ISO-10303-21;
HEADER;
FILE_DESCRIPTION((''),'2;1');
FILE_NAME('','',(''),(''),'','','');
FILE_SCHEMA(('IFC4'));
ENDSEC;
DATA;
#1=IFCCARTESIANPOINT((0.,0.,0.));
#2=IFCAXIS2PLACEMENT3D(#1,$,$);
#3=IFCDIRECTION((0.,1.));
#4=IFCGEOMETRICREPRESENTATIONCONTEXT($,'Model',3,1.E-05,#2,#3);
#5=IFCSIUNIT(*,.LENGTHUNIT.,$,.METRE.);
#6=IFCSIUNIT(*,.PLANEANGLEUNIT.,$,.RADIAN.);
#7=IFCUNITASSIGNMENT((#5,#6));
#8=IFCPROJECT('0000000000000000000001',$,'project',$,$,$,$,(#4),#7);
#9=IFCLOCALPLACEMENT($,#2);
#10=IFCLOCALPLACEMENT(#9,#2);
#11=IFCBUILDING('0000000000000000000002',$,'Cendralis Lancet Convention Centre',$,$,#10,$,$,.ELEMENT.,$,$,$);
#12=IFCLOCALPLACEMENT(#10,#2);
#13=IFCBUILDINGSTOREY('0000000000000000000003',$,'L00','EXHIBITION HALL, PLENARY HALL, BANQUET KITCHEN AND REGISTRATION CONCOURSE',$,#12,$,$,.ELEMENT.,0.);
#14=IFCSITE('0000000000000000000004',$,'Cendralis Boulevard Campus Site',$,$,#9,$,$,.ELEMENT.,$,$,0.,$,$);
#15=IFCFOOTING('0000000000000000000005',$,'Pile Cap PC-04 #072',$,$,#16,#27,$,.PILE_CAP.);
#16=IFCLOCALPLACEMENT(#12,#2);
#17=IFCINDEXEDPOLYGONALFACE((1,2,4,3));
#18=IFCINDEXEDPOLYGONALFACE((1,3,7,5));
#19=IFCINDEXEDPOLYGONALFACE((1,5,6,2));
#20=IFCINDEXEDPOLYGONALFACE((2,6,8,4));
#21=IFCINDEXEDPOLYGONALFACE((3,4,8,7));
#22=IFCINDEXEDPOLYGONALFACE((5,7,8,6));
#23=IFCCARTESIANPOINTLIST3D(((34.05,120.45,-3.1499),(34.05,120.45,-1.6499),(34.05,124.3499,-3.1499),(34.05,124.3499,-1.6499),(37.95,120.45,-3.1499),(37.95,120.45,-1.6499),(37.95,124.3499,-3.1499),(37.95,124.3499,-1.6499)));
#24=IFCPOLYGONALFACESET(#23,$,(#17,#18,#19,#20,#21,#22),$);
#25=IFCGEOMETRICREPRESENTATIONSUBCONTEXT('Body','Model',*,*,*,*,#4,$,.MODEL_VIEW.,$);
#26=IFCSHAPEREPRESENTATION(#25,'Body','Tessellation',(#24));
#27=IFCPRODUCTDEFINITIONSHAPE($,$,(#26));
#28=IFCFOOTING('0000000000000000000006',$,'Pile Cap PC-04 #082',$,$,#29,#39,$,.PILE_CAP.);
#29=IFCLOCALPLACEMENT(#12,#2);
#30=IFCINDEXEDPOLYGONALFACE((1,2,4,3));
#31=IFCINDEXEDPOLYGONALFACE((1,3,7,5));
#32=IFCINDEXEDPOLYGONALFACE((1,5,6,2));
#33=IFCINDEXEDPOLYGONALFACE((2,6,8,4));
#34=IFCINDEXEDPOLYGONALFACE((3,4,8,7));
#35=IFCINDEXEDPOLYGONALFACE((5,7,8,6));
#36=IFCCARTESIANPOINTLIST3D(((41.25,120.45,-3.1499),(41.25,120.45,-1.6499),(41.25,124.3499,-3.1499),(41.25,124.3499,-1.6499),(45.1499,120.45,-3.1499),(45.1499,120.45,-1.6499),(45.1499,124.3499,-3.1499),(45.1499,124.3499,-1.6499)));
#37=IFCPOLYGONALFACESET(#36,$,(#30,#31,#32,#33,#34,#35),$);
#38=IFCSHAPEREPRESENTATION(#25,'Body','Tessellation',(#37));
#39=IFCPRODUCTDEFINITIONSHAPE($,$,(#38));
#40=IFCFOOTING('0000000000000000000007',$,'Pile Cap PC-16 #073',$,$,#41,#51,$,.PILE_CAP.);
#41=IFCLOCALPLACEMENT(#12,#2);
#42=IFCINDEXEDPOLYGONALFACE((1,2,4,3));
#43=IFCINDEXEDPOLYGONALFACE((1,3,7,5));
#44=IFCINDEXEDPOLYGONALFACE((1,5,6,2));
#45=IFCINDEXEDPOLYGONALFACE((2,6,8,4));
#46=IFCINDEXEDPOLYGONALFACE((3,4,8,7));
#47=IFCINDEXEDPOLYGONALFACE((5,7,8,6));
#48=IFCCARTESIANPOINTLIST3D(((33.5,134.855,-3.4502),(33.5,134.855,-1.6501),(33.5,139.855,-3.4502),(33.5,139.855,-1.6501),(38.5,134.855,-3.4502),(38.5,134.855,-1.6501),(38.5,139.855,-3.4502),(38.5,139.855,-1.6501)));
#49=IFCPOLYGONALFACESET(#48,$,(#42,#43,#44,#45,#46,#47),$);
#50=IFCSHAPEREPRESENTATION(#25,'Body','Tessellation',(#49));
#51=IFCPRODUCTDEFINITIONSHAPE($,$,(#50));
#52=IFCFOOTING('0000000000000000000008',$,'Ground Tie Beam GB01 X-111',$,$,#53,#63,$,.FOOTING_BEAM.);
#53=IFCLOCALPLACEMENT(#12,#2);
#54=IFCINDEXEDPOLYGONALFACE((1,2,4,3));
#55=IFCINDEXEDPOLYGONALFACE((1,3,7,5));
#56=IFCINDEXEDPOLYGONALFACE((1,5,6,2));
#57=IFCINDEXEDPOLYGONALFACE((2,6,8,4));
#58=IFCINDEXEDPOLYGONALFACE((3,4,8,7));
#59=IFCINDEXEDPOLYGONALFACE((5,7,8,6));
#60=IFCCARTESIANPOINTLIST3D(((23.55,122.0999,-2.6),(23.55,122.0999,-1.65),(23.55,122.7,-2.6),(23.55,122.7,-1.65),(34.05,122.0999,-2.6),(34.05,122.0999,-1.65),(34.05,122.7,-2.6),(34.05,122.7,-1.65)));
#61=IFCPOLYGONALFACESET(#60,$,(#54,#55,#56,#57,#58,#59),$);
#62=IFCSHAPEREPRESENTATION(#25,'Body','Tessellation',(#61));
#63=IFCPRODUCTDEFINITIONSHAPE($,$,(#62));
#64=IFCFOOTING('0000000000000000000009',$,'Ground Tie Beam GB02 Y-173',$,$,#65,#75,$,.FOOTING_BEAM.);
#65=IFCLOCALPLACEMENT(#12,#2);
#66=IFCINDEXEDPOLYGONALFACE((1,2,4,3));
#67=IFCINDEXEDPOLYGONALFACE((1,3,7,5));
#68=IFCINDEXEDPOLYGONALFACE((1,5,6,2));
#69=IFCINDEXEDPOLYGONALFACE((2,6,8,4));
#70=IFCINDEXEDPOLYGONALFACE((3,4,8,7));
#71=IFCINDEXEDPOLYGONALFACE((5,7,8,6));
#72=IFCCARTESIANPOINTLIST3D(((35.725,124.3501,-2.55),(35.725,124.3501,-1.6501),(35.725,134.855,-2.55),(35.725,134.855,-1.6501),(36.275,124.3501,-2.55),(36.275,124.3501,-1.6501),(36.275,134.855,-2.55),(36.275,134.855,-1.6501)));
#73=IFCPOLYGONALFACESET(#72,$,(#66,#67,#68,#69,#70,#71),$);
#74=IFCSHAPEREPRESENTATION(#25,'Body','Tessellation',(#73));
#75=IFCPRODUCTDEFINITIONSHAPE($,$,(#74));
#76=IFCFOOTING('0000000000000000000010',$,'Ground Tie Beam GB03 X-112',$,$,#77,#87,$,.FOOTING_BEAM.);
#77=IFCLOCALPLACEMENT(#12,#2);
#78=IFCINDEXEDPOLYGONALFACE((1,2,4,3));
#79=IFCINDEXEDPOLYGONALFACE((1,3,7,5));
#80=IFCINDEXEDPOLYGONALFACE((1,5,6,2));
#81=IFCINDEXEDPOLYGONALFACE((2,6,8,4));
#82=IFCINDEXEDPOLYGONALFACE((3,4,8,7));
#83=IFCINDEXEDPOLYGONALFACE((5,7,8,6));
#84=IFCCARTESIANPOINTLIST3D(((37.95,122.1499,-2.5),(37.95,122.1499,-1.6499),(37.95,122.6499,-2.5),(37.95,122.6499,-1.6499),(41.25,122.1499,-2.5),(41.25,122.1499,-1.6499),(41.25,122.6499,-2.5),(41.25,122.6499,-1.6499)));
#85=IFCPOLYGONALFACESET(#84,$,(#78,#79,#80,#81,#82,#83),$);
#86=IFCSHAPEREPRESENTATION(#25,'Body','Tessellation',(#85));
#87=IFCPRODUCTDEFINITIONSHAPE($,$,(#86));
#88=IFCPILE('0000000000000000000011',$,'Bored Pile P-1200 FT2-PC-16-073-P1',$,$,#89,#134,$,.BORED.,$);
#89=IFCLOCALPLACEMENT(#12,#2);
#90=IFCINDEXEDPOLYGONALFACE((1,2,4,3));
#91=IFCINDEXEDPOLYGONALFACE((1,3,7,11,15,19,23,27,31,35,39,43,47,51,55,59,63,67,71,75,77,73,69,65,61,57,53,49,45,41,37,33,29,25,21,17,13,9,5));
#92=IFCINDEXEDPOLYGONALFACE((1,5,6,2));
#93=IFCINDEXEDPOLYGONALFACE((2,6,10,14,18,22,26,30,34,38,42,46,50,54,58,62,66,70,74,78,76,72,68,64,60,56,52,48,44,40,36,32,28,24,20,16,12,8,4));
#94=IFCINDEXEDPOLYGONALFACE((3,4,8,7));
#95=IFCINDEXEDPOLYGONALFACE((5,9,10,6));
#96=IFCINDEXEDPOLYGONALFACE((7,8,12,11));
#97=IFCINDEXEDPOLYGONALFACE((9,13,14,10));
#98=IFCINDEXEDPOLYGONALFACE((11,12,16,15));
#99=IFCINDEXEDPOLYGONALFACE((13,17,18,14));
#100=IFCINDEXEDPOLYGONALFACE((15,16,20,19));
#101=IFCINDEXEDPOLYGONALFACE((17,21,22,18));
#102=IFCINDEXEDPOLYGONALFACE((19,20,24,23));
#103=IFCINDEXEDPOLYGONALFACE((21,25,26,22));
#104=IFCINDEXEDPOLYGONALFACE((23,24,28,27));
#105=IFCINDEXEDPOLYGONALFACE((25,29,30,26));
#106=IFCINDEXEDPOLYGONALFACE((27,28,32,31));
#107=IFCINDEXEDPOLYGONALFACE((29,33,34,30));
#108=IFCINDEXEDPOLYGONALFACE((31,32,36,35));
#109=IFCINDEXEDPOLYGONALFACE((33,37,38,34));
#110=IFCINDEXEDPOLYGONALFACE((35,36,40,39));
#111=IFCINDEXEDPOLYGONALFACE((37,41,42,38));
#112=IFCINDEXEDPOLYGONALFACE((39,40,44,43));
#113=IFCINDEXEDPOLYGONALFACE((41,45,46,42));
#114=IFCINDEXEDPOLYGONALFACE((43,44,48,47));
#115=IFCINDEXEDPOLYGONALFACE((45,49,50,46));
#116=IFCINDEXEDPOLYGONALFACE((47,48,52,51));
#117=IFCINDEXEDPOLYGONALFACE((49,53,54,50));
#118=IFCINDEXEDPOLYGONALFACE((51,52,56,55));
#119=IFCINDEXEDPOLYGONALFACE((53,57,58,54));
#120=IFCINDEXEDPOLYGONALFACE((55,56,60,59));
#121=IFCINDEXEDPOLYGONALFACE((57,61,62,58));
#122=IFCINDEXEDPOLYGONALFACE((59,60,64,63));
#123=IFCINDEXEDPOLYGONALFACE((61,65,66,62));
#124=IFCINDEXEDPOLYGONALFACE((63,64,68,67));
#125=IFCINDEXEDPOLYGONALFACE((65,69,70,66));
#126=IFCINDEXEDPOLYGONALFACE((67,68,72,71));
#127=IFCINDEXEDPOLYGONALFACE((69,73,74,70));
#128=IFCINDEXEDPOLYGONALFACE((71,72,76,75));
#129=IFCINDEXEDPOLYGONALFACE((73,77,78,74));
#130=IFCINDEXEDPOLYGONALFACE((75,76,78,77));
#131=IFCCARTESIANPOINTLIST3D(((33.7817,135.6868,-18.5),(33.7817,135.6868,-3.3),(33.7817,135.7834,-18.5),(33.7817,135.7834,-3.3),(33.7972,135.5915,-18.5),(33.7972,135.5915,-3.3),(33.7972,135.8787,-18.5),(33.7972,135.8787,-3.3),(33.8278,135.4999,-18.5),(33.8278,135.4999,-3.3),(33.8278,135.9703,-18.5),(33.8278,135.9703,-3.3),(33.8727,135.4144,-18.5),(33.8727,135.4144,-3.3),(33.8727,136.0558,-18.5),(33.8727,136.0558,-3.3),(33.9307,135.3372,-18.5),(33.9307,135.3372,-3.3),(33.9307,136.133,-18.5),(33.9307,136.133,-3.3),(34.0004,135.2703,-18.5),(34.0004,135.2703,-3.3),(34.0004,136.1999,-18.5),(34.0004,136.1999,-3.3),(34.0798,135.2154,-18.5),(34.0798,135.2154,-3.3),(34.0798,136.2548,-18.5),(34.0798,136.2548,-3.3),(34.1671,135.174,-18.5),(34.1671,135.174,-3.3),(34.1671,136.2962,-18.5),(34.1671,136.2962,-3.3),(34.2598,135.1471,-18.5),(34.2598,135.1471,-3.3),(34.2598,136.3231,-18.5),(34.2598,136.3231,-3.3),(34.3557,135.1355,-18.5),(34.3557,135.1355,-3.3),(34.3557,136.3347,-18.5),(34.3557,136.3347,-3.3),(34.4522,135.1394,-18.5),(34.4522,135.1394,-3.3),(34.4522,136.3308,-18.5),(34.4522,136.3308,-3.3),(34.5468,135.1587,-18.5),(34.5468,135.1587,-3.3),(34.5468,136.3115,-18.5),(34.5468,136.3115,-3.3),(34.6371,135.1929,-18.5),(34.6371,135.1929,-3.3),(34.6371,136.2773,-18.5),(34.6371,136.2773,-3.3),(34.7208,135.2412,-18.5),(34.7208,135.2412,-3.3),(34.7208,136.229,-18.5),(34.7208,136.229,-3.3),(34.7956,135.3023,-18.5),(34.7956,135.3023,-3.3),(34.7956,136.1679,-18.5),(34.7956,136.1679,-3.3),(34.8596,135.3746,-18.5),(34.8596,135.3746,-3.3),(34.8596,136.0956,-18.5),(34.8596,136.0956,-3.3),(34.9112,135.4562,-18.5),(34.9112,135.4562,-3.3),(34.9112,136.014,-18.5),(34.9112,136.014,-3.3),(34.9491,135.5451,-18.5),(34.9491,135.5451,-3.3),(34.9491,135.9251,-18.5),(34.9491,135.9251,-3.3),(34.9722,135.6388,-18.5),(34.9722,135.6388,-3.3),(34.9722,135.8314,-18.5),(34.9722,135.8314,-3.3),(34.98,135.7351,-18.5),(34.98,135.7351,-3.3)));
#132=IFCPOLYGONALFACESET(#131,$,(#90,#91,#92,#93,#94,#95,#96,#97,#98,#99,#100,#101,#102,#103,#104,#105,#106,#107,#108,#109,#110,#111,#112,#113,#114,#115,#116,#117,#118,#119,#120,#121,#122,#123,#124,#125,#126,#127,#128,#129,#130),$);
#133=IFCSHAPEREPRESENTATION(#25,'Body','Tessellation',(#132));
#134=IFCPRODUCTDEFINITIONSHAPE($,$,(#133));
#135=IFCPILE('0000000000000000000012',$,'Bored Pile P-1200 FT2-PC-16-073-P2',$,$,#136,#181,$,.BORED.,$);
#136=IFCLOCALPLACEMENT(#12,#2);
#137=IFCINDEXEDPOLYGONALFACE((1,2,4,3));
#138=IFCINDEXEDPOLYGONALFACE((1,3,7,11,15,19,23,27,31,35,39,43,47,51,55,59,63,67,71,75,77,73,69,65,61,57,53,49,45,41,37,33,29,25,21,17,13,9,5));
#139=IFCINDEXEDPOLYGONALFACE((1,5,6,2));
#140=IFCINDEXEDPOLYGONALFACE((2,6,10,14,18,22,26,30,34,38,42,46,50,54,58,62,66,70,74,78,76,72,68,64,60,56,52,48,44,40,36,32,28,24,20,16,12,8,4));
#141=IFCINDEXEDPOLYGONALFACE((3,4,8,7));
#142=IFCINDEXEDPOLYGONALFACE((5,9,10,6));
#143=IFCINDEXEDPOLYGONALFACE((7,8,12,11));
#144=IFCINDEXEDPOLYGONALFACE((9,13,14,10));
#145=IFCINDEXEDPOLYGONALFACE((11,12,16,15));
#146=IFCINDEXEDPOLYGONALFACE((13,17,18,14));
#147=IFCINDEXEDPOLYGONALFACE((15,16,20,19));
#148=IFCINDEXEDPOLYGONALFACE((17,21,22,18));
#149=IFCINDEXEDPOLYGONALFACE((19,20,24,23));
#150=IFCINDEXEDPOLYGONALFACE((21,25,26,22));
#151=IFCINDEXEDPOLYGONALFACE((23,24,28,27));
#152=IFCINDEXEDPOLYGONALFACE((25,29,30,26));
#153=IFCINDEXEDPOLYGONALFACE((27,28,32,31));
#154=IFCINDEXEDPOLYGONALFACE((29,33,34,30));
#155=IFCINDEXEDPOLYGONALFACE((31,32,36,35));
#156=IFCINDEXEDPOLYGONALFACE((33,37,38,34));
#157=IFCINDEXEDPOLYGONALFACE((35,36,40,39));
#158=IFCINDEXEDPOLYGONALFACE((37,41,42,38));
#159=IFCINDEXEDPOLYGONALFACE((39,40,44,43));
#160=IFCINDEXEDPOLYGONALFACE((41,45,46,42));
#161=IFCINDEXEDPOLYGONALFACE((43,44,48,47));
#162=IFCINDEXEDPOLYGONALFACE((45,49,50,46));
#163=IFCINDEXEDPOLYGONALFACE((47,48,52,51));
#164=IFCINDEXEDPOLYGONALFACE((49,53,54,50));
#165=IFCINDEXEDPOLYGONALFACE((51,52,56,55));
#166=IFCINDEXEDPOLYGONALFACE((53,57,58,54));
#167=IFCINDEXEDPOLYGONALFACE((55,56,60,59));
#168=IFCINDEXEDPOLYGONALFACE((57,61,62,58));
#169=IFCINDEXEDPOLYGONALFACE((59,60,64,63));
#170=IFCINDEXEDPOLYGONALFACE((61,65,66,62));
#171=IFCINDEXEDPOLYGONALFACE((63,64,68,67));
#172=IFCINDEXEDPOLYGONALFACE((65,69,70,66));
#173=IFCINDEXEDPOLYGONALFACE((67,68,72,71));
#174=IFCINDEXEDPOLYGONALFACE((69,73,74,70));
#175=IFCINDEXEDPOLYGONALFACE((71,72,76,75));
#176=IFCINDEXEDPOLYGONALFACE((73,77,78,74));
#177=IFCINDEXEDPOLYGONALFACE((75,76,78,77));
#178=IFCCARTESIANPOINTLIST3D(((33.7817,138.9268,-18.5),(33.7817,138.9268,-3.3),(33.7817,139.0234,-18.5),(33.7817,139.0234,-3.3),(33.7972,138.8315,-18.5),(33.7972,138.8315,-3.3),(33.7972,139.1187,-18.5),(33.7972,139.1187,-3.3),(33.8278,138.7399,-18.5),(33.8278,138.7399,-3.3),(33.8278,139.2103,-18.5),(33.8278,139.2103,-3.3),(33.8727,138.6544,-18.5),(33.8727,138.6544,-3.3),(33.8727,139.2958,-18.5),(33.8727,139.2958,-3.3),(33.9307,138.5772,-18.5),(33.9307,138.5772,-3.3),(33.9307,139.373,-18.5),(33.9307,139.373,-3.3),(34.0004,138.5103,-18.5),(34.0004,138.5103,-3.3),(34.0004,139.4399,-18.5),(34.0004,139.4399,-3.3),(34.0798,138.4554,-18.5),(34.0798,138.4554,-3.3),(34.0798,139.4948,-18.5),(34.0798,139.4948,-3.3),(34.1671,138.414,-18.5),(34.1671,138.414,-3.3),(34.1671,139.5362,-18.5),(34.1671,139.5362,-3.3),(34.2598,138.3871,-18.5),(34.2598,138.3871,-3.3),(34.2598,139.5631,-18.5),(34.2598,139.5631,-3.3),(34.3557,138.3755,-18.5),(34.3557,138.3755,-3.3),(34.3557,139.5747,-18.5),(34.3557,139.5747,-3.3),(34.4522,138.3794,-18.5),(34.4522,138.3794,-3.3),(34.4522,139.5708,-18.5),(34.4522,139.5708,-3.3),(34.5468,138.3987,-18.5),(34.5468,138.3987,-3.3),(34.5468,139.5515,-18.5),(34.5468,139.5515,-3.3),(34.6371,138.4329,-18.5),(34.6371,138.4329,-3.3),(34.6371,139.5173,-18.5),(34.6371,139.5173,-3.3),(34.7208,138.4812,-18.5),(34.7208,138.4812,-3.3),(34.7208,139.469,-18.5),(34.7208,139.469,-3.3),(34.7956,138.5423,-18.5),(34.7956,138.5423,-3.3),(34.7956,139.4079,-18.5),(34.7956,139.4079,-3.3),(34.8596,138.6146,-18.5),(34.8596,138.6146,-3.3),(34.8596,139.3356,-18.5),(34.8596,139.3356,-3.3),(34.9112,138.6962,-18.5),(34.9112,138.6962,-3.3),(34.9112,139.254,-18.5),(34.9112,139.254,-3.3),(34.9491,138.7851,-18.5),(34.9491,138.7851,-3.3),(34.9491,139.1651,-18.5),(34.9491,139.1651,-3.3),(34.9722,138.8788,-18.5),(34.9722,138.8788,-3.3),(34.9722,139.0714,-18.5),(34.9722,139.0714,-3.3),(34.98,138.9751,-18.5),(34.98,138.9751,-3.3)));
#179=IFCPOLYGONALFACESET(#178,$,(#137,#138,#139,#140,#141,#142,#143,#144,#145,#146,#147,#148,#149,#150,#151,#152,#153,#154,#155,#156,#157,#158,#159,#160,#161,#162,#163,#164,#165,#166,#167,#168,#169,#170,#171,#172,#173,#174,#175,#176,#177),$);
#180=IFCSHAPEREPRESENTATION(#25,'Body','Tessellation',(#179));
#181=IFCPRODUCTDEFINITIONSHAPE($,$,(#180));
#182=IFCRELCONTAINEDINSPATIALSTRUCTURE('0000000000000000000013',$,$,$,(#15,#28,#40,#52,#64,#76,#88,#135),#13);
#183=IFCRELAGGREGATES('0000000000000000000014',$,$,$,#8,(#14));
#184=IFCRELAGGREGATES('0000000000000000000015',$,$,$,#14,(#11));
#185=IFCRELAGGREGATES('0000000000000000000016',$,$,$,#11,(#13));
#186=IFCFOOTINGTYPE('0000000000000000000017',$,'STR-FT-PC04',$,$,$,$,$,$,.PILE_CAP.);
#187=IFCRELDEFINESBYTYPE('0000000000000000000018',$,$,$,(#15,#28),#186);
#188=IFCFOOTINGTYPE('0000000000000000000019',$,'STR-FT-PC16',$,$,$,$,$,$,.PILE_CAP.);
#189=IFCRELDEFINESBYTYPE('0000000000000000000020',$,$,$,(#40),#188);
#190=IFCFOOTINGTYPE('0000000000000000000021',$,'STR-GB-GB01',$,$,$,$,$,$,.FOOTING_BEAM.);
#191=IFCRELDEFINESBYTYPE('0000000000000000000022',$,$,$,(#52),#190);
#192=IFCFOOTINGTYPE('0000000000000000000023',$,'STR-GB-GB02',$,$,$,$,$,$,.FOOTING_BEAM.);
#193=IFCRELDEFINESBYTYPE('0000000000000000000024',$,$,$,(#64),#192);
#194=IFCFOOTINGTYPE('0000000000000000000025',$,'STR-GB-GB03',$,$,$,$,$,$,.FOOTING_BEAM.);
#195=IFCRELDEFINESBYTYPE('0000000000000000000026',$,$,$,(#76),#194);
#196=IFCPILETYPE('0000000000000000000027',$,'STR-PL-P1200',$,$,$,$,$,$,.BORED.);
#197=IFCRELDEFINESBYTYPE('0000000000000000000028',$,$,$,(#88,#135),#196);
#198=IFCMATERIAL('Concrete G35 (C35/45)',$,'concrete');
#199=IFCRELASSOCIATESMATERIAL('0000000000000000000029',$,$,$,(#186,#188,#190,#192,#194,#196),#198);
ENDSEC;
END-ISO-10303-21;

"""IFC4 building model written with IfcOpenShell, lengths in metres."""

from ifc_helpers import new_model, si_unit, direction, frame, origin, origin_2d, place, context, subcontext, project, spatial, rectangle, circle, extrude, material, material_profile, profile_set, type_object, element, save


model = new_model("IFC4")

# Units and contexts
model_context = context("Model", 3, precision=1e-05, world=origin(), true_north=direction((0.0, 1.0)))
body_context = subcontext(model_context, "Body", "Model", "MODEL_VIEW")
ifc_project = project(units=[si_unit("LENGTHUNIT", "METRE"), si_unit("PLANEANGLEUNIT", "RADIAN")], contexts=[model_context])

# Site, building, storey
site_placement = place(None, origin())
site = spatial("IfcSite", under=ifc_project, at=site_placement, Name="Cendralis Boulevard Campus Site", CompositionType="ELEMENT", RefElevation=0.0)
building_placement = place(site_placement, origin())
building = spatial("IfcBuilding", under=site, at=building_placement, Name="Cendralis Lancet Convention Centre", CompositionType="ELEMENT")
storey_placement = place(building_placement, origin())
storey = spatial("IfcBuildingStorey", under=building, at=storey_placement, Name="L00", Description="EXHIBITION HALL, PLENARY HALL, BANQUET KITCHEN AND REGISTRATION CONCOURSE", CompositionType="ELEMENT", Elevation=0.0)

# Footings
ifc_material_1 = material(Name="Concrete G35 (C35/45)", Category="concrete")
footing_type_1 = type_object("IfcFootingType", Name="STR-FT-PC04", PredefinedType="PILE_CAP", material=ifc_material_1)
for number, where, z_axis, x_axis, name in (
    (1, (36.0, 122.3999, -3.1499), (0.0, 0.0, 1.0), (1.0, 0.0, 0.0), "Pile Cap PC-04 #072"),
    (2, (43.2, 122.3999, -3.1499), (0.0, 0.0, 1.0), (1.0, 0.0, 0.0), "Pile Cap PC-04 #082"),
):
    element("IfcFooting", number, at=place(storey_placement, frame(where, z_axis=z_axis, x_axis=x_axis)), inside=storey, type_object=footing_type_1, Name=name, PredefinedType="PILE_CAP", context=body_context, shape_type="SweptSolid", body=[
        extrude(rectangle(XDim=3.8999, YDim=3.8999, at=origin_2d()), origin(), (0.0, 0.0, 1.0), 1.5),
    ])
footing_type_2 = type_object("IfcFootingType", Name="STR-FT-PC16", PredefinedType="PILE_CAP", material=ifc_material_1)
footing_1_placement = place(storey_placement, frame((36.0, 137.355, -3.4502), z_axis=(0.0, 0.0, 1.0), x_axis=(1.0, 0.0, 0.0)))
element("IfcFooting", 3, at=footing_1_placement, inside=storey, type_object=footing_type_2, Name="Pile Cap PC-16 #073", PredefinedType="PILE_CAP", context=body_context, shape_type="SweptSolid", body=[
    extrude(rectangle(XDim=5.0, YDim=5.0, at=origin_2d()), origin(), (0.0, 0.0, 1.0), 1.8),
])
ifc_material_profile_1 = material_profile(ifc_material_1, rectangle(XDim=0.6001, YDim=0.95, at=origin_2d()), Name="RCB 600x950")
ifc_profile_set_1 = profile_set([ifc_material_profile_1], Name="Concrete G35 (C35/45)")
footing_type_3 = type_object("IfcFootingType", Name="STR-GB-GB01", PredefinedType="FOOTING_BEAM", material=ifc_profile_set_1)
footing_2_placement = place(storey_placement, frame((23.55, 122.3999, -2.125), z_axis=(1.0, 0.0, 0.0), x_axis=(0.0, 1.0, 0.0)))
element("IfcFooting", 4, at=footing_2_placement, inside=storey, type_object=footing_type_3, Name="Ground Tie Beam GB01 X-111", PredefinedType="FOOTING_BEAM", context=body_context, shape_type="SweptSolid", body=[
    extrude(rectangle(XDim=0.6001, YDim=0.95, at=origin_2d()), origin(), (0.0, 0.0, 1.0), 10.5),
])
ifc_material_profile_2 = material_profile(ifc_material_1, rectangle(XDim=0.55, YDim=0.8999, at=origin_2d()), Name="RCB 550x900")
ifc_profile_set_2 = profile_set([ifc_material_profile_2], Name="Concrete G35 (C35/45)")
footing_type_4 = type_object("IfcFootingType", Name="STR-GB-GB02", PredefinedType="FOOTING_BEAM", material=ifc_profile_set_2)
footing_3_placement = place(storey_placement, frame((36.0, 124.3501, -2.1001), z_axis=(0.0, 1.0, 0.0), x_axis=(-1.0, 0.0, 0.0)))
element("IfcFooting", 5, at=footing_3_placement, inside=storey, type_object=footing_type_4, Name="Ground Tie Beam GB02 Y-173", PredefinedType="FOOTING_BEAM", context=body_context, shape_type="SweptSolid", body=[
    extrude(rectangle(XDim=0.55, YDim=0.8999, at=origin_2d()), origin(), (0.0, 0.0, 1.0), 10.5049),
])
ifc_material_profile_3 = material_profile(ifc_material_1, rectangle(XDim=0.5, YDim=0.8501, at=origin_2d()), Name="RCB 500x850")
ifc_profile_set_3 = profile_set([ifc_material_profile_3], Name="Concrete G35 (C35/45)")
footing_type_5 = type_object("IfcFootingType", Name="STR-GB-GB03", PredefinedType="FOOTING_BEAM", material=ifc_profile_set_3)
footing_4_placement = place(storey_placement, frame((37.95, 122.3999, -2.075), z_axis=(1.0, 0.0, 0.0), x_axis=(0.0, 1.0, 0.0)))
element("IfcFooting", 6, at=footing_4_placement, inside=storey, type_object=footing_type_5, Name="Ground Tie Beam GB03 X-112", PredefinedType="FOOTING_BEAM", context=body_context, shape_type="SweptSolid", body=[
    extrude(rectangle(XDim=0.5, YDim=0.8501, at=origin_2d()), origin(), (0.0, 0.0, 1.0), 3.3),
])

# Piles
ifc_material_profile_4 = material_profile(ifc_material_1, circle(Radius=0.6001, at=origin_2d()), Name="BORED PILE D1200")
ifc_profile_set_4 = profile_set([ifc_material_profile_4], Name="Concrete G35 (C35/45)")
pile_type_1 = type_object("IfcPileType", Name="STR-PL-P1200", PredefinedType="BORED", material=ifc_profile_set_4)
for number, where, z_axis, x_axis, name in (
    (7, (34.3799, 135.7351, -3.3), (0.0, 0.0, -1.0), (1.0, 0.0, 0.0), "Bored Pile P-1200 FT2-PC-16-073-P1"),
    (8, (34.3799, 138.9751, -3.3), (0.0, 0.0, -1.0), (1.0, 0.0, 0.0), "Bored Pile P-1200 FT2-PC-16-073-P2"),
):
    element("IfcPile", number, at=place(storey_placement, frame(where, z_axis=z_axis, x_axis=x_axis)), inside=storey, type_object=pile_type_1, Name=name, PredefinedType="BORED", context=body_context, shape_type="SweptSolid", body=[
        extrude(circle(Radius=0.6001, at=origin_2d()), origin(), (0.0, 0.0, 1.0), 15.2),
    ])

save(model, "model.ifc")
